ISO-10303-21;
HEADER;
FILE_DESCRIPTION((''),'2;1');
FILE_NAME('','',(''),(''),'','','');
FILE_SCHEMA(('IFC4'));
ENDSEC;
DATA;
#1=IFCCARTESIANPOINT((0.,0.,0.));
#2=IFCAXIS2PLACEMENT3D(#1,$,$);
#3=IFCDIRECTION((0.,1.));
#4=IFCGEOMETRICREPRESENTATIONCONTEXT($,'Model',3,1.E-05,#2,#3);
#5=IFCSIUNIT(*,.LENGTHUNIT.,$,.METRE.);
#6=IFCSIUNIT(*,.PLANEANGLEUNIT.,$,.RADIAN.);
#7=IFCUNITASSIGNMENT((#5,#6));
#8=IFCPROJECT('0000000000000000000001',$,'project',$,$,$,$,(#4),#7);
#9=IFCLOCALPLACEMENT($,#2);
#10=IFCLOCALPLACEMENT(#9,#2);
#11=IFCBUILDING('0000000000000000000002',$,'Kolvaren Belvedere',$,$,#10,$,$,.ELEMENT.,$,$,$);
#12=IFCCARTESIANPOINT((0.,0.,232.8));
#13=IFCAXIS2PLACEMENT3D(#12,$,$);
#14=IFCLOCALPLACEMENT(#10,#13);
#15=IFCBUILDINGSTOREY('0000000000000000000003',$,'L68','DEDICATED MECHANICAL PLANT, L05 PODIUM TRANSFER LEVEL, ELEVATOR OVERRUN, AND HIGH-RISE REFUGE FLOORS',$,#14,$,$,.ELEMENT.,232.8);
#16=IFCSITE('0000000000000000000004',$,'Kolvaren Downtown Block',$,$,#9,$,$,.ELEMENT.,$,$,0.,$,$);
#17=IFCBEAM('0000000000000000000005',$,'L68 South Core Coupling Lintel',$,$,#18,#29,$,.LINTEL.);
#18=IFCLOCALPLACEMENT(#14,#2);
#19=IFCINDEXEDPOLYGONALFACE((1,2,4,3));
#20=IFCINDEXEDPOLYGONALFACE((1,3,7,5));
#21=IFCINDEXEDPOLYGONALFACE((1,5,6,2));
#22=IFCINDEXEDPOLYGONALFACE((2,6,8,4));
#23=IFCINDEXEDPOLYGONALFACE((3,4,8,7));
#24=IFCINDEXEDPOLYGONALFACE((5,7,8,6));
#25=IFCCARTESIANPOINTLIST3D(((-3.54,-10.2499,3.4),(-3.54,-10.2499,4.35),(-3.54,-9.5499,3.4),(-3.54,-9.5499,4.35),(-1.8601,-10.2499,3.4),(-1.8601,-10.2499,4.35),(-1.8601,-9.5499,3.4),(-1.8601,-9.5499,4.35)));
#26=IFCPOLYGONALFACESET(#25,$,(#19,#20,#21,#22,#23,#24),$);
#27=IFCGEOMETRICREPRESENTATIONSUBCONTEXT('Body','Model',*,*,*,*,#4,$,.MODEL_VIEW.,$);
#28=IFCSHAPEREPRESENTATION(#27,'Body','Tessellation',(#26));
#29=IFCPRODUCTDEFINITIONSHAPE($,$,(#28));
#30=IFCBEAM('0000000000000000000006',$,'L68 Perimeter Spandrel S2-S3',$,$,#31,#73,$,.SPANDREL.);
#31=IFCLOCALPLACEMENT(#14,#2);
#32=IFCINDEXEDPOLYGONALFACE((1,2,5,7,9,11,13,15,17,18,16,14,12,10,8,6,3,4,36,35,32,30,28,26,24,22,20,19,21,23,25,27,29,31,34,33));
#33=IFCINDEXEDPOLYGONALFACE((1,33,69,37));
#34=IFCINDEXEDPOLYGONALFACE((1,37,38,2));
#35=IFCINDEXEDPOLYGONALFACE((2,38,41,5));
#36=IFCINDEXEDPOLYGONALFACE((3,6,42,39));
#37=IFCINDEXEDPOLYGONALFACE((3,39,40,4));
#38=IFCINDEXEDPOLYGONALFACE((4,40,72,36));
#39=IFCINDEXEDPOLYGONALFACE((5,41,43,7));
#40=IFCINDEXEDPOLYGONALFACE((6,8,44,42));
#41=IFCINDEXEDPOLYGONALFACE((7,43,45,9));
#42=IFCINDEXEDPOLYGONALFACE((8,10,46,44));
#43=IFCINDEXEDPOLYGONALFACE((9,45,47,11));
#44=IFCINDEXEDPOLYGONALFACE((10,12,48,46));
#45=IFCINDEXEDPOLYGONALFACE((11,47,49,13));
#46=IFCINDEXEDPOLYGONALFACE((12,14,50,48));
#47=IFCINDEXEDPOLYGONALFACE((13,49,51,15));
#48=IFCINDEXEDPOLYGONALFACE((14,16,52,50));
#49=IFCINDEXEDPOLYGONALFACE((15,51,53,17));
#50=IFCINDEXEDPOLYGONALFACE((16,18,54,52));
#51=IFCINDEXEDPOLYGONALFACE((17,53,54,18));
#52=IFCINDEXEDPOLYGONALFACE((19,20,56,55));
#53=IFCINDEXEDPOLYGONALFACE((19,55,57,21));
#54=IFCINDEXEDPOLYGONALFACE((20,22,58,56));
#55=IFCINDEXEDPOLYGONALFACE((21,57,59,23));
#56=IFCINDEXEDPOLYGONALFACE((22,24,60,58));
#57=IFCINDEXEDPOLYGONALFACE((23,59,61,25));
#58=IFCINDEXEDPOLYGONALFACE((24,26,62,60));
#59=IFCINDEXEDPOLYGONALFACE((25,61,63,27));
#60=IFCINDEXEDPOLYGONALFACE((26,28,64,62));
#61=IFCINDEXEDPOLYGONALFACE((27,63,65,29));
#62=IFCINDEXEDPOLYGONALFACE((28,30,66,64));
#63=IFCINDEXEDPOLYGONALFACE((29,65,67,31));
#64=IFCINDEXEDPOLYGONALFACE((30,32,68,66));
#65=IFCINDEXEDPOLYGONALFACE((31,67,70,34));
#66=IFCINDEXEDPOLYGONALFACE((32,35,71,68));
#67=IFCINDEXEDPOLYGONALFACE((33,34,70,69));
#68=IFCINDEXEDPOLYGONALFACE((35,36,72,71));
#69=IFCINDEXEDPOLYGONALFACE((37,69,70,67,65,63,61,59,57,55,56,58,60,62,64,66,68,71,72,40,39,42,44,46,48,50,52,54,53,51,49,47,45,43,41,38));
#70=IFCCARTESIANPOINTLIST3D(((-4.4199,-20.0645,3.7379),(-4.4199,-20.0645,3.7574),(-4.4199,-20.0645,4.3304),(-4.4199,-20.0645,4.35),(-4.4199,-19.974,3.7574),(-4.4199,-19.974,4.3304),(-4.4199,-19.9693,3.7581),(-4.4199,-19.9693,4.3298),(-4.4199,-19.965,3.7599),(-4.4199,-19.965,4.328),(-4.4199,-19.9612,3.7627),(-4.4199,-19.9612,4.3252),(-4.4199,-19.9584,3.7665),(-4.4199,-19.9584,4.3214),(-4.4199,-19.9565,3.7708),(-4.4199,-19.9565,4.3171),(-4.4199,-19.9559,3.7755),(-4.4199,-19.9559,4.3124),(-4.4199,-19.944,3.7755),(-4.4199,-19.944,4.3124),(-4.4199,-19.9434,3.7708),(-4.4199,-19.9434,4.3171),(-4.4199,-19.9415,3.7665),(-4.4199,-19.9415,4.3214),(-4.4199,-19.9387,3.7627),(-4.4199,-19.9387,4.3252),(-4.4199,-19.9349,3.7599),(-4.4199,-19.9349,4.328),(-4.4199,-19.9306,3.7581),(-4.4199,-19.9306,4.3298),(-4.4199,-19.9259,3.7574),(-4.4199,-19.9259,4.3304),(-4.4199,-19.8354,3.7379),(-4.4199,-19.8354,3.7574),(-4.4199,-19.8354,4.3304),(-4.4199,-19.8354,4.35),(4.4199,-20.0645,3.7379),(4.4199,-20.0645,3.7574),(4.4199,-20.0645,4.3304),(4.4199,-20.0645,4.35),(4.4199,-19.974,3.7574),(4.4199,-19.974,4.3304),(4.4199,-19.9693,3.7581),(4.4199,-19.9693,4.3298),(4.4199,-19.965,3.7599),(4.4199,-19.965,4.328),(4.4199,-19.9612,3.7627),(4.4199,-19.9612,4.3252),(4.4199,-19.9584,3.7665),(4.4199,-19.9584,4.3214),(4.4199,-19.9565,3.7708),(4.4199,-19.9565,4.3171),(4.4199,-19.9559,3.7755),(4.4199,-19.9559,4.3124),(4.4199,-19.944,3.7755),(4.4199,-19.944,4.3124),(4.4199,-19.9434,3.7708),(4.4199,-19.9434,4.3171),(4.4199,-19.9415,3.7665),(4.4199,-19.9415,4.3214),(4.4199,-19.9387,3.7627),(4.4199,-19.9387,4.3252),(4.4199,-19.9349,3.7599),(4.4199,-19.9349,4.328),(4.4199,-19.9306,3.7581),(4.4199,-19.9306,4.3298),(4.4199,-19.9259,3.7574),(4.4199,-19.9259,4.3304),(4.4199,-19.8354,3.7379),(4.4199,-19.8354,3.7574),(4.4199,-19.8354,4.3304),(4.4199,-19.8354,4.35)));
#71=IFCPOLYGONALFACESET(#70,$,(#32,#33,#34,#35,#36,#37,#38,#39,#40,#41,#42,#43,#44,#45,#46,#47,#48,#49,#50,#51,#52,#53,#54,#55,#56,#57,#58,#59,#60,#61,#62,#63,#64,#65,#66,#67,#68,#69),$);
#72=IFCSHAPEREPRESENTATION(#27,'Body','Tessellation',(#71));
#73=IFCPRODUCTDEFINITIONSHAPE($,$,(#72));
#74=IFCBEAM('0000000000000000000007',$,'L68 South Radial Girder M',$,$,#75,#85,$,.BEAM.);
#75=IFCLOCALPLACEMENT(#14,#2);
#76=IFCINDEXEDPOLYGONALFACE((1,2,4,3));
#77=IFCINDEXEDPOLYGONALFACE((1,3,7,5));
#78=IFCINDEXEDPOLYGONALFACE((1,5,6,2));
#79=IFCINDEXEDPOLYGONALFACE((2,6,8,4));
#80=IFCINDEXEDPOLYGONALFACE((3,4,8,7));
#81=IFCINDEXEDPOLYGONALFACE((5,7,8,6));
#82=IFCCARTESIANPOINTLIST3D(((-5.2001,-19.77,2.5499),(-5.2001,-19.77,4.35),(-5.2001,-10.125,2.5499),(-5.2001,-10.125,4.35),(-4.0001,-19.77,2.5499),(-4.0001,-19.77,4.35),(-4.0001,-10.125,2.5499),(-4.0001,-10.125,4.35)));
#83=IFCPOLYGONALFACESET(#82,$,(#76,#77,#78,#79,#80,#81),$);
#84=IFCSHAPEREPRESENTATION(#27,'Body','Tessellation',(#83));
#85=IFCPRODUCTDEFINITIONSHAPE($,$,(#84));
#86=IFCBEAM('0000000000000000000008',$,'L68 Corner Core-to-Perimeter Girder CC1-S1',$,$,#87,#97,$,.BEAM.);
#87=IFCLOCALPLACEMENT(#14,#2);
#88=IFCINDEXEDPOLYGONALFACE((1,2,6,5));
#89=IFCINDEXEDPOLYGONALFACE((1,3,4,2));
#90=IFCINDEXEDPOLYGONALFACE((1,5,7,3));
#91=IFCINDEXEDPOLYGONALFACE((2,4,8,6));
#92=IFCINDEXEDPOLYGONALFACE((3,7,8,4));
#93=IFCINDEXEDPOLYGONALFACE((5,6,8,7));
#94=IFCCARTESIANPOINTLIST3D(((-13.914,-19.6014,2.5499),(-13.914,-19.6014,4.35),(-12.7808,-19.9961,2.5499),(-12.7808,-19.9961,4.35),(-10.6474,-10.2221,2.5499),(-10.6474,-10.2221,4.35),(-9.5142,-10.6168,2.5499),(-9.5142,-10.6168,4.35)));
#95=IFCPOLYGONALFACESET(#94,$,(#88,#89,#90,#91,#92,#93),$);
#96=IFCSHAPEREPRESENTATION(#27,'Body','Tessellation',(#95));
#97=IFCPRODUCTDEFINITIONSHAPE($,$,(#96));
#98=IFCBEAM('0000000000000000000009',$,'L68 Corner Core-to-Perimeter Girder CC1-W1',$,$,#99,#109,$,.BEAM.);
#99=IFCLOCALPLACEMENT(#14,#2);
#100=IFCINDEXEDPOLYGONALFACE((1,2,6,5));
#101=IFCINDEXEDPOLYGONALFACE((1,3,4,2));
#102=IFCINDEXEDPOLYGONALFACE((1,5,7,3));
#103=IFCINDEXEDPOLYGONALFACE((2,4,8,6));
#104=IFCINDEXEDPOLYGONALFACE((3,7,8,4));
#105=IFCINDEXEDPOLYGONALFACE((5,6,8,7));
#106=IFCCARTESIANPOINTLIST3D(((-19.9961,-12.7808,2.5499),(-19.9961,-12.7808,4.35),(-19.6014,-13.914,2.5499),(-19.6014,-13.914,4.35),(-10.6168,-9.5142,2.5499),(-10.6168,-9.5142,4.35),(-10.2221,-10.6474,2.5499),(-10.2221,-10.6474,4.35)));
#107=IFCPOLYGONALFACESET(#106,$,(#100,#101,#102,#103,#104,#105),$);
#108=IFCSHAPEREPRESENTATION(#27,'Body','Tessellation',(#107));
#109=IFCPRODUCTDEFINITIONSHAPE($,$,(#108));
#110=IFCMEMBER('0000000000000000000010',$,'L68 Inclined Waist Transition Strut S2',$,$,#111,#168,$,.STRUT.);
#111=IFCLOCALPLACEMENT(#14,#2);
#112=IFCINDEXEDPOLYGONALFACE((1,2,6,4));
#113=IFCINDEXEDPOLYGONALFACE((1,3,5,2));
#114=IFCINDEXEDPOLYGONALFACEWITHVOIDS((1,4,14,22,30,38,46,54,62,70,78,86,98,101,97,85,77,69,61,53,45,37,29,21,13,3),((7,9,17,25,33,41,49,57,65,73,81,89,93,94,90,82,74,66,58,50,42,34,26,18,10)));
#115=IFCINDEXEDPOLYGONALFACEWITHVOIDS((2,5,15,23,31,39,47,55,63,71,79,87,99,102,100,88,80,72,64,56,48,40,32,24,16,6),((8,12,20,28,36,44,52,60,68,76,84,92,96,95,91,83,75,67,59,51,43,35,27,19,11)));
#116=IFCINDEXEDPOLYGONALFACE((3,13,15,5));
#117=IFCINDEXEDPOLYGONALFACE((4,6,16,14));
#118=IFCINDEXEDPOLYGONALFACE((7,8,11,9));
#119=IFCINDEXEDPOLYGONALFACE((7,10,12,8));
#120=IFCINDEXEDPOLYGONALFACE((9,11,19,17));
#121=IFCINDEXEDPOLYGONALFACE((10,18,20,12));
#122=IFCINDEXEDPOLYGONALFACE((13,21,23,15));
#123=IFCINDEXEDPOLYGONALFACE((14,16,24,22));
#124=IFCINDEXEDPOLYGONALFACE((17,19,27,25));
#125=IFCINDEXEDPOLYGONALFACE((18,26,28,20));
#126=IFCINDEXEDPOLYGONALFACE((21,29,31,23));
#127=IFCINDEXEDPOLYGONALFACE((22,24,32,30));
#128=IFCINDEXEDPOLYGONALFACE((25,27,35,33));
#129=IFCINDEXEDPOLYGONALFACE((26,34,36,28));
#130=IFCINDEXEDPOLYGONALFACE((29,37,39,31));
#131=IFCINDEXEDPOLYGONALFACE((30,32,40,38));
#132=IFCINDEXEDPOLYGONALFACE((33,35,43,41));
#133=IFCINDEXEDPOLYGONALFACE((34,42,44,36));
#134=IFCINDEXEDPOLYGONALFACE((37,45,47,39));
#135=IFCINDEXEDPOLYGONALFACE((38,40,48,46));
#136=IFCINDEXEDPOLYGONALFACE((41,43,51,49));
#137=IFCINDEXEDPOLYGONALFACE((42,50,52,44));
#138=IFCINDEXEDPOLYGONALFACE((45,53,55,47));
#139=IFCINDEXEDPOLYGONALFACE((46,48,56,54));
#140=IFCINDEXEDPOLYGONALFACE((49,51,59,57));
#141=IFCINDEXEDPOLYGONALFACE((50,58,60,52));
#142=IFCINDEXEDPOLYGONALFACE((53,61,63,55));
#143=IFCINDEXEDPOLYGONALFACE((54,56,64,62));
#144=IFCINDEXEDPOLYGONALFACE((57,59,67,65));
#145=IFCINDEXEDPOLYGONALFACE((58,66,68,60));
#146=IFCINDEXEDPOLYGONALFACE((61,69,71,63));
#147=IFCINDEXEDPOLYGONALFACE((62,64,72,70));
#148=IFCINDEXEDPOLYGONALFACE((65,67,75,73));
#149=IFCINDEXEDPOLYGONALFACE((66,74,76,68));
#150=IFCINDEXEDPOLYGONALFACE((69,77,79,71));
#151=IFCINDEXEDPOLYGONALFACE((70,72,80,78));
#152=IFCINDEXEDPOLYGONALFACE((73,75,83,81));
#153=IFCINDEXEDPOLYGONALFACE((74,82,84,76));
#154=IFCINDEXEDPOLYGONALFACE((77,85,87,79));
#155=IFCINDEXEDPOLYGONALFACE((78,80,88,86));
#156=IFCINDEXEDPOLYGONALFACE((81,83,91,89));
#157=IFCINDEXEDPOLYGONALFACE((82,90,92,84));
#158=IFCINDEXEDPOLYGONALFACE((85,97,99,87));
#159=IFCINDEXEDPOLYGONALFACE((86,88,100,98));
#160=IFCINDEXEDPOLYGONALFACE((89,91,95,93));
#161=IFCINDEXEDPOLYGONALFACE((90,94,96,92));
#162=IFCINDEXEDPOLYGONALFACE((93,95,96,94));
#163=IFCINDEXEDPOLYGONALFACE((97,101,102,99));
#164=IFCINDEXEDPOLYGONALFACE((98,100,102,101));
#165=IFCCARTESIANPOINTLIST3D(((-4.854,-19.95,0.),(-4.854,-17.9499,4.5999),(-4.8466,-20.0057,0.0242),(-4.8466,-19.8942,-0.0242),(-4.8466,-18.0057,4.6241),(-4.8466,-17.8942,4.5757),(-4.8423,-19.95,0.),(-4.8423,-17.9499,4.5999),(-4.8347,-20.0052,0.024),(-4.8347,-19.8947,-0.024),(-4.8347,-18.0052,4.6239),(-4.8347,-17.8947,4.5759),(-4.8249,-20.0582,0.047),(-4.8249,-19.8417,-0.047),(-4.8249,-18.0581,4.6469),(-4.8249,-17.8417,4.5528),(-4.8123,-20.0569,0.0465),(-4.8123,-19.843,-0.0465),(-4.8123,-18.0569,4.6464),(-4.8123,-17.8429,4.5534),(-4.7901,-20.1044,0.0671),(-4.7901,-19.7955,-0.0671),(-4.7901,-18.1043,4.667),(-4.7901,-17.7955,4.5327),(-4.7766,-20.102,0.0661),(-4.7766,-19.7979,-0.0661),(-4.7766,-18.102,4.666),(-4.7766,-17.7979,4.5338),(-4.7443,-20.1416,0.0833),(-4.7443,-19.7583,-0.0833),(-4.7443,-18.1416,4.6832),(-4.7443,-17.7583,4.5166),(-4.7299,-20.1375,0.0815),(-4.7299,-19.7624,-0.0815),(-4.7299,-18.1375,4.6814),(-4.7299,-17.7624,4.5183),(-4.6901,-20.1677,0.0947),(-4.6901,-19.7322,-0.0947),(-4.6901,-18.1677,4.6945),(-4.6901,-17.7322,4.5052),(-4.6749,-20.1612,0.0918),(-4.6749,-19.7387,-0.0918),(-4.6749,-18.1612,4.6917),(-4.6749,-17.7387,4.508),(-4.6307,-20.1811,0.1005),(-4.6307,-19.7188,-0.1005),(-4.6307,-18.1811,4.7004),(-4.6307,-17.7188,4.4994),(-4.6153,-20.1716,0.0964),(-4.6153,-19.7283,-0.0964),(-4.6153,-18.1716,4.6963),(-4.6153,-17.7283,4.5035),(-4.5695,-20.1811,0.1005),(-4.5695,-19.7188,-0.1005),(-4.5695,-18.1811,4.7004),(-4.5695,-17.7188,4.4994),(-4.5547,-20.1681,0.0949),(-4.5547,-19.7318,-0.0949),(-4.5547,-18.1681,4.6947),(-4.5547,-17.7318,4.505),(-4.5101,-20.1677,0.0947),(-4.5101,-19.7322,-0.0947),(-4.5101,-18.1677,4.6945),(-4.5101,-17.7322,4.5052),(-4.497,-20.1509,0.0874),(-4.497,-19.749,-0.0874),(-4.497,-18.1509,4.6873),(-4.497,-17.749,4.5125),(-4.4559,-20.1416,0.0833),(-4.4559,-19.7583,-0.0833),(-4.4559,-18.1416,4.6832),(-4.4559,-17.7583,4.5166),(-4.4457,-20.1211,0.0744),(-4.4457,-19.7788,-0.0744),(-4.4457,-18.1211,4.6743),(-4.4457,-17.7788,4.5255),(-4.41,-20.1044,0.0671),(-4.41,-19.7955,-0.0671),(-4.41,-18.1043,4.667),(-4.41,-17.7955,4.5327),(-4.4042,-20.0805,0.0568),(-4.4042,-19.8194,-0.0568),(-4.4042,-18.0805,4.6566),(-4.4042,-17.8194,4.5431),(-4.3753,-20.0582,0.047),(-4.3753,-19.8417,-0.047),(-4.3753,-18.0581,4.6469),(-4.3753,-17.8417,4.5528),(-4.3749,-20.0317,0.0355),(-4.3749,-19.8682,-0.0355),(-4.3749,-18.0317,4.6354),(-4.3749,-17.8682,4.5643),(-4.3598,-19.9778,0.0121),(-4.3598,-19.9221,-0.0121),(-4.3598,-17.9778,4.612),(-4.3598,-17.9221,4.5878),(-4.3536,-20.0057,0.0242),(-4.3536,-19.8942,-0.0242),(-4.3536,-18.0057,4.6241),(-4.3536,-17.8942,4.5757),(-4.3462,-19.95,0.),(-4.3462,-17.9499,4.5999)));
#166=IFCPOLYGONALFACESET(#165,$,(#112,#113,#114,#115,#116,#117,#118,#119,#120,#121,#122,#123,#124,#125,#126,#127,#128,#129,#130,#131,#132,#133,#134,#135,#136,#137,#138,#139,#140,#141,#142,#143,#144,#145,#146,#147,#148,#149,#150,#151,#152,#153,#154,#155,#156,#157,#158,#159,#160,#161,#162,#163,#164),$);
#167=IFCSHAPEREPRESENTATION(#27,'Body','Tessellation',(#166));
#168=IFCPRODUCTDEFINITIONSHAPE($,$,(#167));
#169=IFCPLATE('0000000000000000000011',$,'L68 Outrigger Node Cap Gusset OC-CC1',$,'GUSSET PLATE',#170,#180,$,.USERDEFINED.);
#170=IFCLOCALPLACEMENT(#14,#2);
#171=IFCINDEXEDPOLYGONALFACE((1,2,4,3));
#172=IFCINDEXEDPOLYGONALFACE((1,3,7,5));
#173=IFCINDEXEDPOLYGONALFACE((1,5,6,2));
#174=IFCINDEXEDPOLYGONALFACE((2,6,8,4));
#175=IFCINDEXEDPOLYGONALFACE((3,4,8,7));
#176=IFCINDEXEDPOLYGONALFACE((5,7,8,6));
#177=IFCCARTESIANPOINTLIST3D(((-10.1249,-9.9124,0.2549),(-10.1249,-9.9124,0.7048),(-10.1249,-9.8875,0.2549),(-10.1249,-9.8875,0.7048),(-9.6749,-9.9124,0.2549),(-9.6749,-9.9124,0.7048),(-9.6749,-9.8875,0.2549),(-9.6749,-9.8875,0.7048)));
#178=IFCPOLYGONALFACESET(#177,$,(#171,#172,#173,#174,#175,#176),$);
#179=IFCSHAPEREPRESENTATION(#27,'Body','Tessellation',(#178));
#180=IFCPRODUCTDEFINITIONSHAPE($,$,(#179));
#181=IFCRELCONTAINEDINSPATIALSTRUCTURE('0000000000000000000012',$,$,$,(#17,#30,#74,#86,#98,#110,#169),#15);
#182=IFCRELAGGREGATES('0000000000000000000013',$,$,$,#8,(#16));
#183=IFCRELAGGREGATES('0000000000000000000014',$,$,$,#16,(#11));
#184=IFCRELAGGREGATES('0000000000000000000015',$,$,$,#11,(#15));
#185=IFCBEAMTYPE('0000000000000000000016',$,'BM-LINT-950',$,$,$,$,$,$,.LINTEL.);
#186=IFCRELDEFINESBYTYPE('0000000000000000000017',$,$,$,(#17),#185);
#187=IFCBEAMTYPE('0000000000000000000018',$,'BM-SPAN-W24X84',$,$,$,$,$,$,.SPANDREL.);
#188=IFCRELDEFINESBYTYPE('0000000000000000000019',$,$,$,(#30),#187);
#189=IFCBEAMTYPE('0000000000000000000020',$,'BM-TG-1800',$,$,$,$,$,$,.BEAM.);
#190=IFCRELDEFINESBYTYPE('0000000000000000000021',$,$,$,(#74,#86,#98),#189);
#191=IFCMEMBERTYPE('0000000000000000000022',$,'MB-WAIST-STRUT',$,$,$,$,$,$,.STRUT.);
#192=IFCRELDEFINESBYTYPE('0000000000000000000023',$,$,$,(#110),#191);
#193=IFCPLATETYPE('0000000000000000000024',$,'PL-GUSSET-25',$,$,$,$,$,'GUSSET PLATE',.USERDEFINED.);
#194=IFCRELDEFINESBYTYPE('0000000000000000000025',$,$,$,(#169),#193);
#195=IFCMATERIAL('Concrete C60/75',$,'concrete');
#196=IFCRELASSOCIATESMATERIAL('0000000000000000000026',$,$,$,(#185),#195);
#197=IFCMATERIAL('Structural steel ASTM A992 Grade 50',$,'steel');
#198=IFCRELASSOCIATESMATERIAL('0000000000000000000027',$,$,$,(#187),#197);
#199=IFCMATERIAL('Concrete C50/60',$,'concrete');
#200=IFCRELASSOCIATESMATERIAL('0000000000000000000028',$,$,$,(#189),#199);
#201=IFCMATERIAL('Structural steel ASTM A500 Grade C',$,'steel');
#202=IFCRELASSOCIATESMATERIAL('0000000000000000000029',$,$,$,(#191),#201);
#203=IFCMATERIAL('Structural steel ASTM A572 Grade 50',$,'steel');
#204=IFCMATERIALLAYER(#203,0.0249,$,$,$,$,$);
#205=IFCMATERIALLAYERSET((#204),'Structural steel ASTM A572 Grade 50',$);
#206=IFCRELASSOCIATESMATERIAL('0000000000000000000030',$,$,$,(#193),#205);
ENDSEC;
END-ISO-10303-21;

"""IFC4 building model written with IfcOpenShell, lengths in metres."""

from ifc_helpers import new_model, si_unit, direction, frame, origin, origin_2d, place, context, subcontext, project, spatial, rectangle, hollow_circle, i_section, extrude, material, layer, layer_set, material_profile, profile_set, type_object, element, save


model = new_model("IFC4")

# Units and contexts
model_context = context("Model", 3, precision=1e-05, world=origin(), true_north=direction((0.0, 1.0)))
body_context = subcontext(model_context, "Body", "Model", "MODEL_VIEW")
ifc_project = project(units=[si_unit("LENGTHUNIT", "METRE"), si_unit("PLANEANGLEUNIT", "RADIAN")], contexts=[model_context])

# Site, building, storey
site_placement = place(None, origin())
site = spatial("IfcSite", under=ifc_project, at=site_placement, Name="Kolvaren Downtown Block", CompositionType="ELEMENT", RefElevation=0.0)
building_placement = place(site_placement, origin())
building = spatial("IfcBuilding", under=site, at=building_placement, Name="Kolvaren Belvedere", CompositionType="ELEMENT")
storey_placement = place(building_placement, frame((0.0, 0.0, 232.8)))
storey = spatial("IfcBuildingStorey", under=building, at=storey_placement, Name="L68", Description="DEDICATED MECHANICAL PLANT, L05 PODIUM TRANSFER LEVEL, ELEVATOR OVERRUN, AND HIGH-RISE REFUGE FLOORS", CompositionType="ELEMENT", Elevation=232.8)

# Beams
ifc_material_1 = material(Name="Concrete C60/75", Category="concrete")
ifc_material_profile_1 = material_profile(ifc_material_1, rectangle(XDim=0.7, YDim=0.95, at=origin_2d()), Name="RC 700X950")
ifc_profile_set_1 = profile_set([ifc_material_profile_1], Name="Concrete C60/75")
beam_type_1 = type_object("IfcBeamType", Name="BM-LINT-950", PredefinedType="LINTEL", material=ifc_profile_set_1)
beam_1_placement = place(storey_placement, frame((-3.54, -9.8999, 3.875), z_axis=(1.0, 0.0, 0.0), x_axis=(0.0, 1.0, 0.0)))
element("IfcBeam", 1, at=beam_1_placement, inside=storey, type_object=beam_type_1, Name="L68 South Core Coupling Lintel", PredefinedType="LINTEL", context=body_context, shape_type="SweptSolid", body=[
    extrude(rectangle(XDim=0.7, YDim=0.95, at=origin_2d()), origin(), (0.0, 0.0, 1.0), 1.6799),
])
ifc_material_2 = material(Name="Structural steel ASTM A992 Grade 50", Category="steel")
ifc_material_profile_2 = material_profile(ifc_material_2, i_section(OverallWidth=0.229, OverallDepth=0.6121, WebThickness=0.012, FlangeThickness=0.0195, FilletRadius=0.0181, at=origin_2d()), Name="W24X84")
ifc_profile_set_2 = profile_set([ifc_material_profile_2], Name="Structural steel ASTM A992 Grade 50")
beam_type_2 = type_object("IfcBeamType", Name="BM-SPAN-W24X84", PredefinedType="SPANDREL", material=ifc_profile_set_2)
beam_2_placement = place(storey_placement, frame((-4.4199, -19.95, 4.0439), z_axis=(1.0, 0.0, 0.0), x_axis=(0.0, 1.0, 0.0)))
element("IfcBeam", 2, at=beam_2_placement, inside=storey, type_object=beam_type_2, Name="L68 Perimeter Spandrel S2-S3", PredefinedType="SPANDREL", context=body_context, shape_type="SweptSolid", body=[
    extrude(i_section(OverallWidth=0.229, OverallDepth=0.6121, WebThickness=0.012, FlangeThickness=0.0195, FilletRadius=0.0181, at=origin_2d()), origin(), (0.0, 0.0, 1.0), 8.8398),
])
ifc_material_3 = material(Name="Concrete C50/60", Category="concrete")
ifc_material_profile_3 = material_profile(ifc_material_3, rectangle(XDim=1.2, YDim=1.8, at=origin_2d()), Name="RC 1200X1800")
ifc_profile_set_3 = profile_set([ifc_material_profile_3], Name="Concrete C50/60")
beam_type_3 = type_object("IfcBeamType", Name="BM-TG-1800", PredefinedType="BEAM", material=ifc_profile_set_3)
beam_3_placement = place(storey_placement, frame((-4.6001, -10.125, 3.45), z_axis=(0.0, -1.0, 0.0), x_axis=(1.0, 0.0, 0.0)))
element("IfcBeam", 3, at=beam_3_placement, inside=storey, type_object=beam_type_3, Name="L68 South Radial Girder M", PredefinedType="BEAM", context=body_context, shape_type="SweptSolid", body=[
    extrude(rectangle(XDim=1.2, YDim=1.8, at=origin_2d()), origin(), (0.0, 0.0, 1.0), 9.645),
])
for number, where, z_axis, x_axis, name in (
    (4, (-10.0808, -10.4194, 3.45), (-0.328898, -0.944365, 0.0), (0.944365, -0.328898, 0.0), "L68 Corner Core-to-Perimeter Girder CC1-S1"),
    (5, (-10.4194, -10.0808, 3.45), (-0.944365, -0.328898, 0.0), (0.328898, -0.944365, 0.0), "L68 Corner Core-to-Perimeter Girder CC1-W1"),
):
    element("IfcBeam", number, at=place(storey_placement, frame(where, z_axis=z_axis, x_axis=x_axis)), inside=storey, type_object=beam_type_3, Name=name, PredefinedType="BEAM", context=body_context, shape_type="SweptSolid", body=[
        extrude(rectangle(XDim=1.2, YDim=1.8, at=origin_2d()), origin(), (0.0, 0.0, 1.0), 9.9319),
    ])

# Member
ifc_material_4 = material(Name="Structural steel ASTM A500 Grade C", Category="steel")
ifc_material_profile_4 = material_profile(ifc_material_4, hollow_circle(Radius=0.2539, WallThickness=0.0117, at=origin_2d()), Name="HSS20.000X0.500")
ifc_profile_set_4 = profile_set([ifc_material_profile_4], Name="Structural steel ASTM A500 Grade C")
member_type = type_object("IfcMemberType", Name="MB-WAIST-STRUT", PredefinedType="STRUT", material=ifc_profile_set_4)
member_placement = place(storey_placement, frame((-4.6001, -19.95, 0.0), z_axis=(0.0, 0.398737, 0.917065), x_axis=(-1.0, 0.0, 0.0)))
element("IfcMember", 6, at=member_placement, inside=storey, type_object=member_type, Name="L68 Inclined Waist Transition Strut S2", PredefinedType="STRUT", context=body_context, shape_type="SweptSolid", body=[
    extrude(hollow_circle(Radius=0.2539, WallThickness=0.0117, at=origin_2d()), origin(), (0.0, 0.0, 1.0), 5.0159),
])

# Plate
ifc_material_5 = material(Name="Structural steel ASTM A572 Grade 50", Category="steel")
ifc_layer_1 = layer(ifc_material_5, 0.0249)
ifc_layer_set_1 = layer_set([ifc_layer_1], Name="Structural steel ASTM A572 Grade 50")
plate_type = type_object("IfcPlateType", Name="PL-GUSSET-25", ElementType="GUSSET PLATE", PredefinedType="USERDEFINED", material=ifc_layer_set_1)
plate_placement = place(storey_placement, frame((-9.8999, -9.8999, 0.2549), z_axis=(0.0, 0.0, 1.0), x_axis=(1.0, 0.0, 0.0)))
element("IfcPlate", 7, at=plate_placement, inside=storey, type_object=plate_type, Name="L68 Outrigger Node Cap Gusset OC-CC1", ObjectType="GUSSET PLATE", PredefinedType="USERDEFINED", context=body_context, shape_type="SweptSolid", body=[
    extrude(rectangle(XDim=0.45, YDim=0.0249, at=origin_2d()), origin(), (0.0, 0.0, 1.0), 0.45),
])

save(model, "model.ifc")
